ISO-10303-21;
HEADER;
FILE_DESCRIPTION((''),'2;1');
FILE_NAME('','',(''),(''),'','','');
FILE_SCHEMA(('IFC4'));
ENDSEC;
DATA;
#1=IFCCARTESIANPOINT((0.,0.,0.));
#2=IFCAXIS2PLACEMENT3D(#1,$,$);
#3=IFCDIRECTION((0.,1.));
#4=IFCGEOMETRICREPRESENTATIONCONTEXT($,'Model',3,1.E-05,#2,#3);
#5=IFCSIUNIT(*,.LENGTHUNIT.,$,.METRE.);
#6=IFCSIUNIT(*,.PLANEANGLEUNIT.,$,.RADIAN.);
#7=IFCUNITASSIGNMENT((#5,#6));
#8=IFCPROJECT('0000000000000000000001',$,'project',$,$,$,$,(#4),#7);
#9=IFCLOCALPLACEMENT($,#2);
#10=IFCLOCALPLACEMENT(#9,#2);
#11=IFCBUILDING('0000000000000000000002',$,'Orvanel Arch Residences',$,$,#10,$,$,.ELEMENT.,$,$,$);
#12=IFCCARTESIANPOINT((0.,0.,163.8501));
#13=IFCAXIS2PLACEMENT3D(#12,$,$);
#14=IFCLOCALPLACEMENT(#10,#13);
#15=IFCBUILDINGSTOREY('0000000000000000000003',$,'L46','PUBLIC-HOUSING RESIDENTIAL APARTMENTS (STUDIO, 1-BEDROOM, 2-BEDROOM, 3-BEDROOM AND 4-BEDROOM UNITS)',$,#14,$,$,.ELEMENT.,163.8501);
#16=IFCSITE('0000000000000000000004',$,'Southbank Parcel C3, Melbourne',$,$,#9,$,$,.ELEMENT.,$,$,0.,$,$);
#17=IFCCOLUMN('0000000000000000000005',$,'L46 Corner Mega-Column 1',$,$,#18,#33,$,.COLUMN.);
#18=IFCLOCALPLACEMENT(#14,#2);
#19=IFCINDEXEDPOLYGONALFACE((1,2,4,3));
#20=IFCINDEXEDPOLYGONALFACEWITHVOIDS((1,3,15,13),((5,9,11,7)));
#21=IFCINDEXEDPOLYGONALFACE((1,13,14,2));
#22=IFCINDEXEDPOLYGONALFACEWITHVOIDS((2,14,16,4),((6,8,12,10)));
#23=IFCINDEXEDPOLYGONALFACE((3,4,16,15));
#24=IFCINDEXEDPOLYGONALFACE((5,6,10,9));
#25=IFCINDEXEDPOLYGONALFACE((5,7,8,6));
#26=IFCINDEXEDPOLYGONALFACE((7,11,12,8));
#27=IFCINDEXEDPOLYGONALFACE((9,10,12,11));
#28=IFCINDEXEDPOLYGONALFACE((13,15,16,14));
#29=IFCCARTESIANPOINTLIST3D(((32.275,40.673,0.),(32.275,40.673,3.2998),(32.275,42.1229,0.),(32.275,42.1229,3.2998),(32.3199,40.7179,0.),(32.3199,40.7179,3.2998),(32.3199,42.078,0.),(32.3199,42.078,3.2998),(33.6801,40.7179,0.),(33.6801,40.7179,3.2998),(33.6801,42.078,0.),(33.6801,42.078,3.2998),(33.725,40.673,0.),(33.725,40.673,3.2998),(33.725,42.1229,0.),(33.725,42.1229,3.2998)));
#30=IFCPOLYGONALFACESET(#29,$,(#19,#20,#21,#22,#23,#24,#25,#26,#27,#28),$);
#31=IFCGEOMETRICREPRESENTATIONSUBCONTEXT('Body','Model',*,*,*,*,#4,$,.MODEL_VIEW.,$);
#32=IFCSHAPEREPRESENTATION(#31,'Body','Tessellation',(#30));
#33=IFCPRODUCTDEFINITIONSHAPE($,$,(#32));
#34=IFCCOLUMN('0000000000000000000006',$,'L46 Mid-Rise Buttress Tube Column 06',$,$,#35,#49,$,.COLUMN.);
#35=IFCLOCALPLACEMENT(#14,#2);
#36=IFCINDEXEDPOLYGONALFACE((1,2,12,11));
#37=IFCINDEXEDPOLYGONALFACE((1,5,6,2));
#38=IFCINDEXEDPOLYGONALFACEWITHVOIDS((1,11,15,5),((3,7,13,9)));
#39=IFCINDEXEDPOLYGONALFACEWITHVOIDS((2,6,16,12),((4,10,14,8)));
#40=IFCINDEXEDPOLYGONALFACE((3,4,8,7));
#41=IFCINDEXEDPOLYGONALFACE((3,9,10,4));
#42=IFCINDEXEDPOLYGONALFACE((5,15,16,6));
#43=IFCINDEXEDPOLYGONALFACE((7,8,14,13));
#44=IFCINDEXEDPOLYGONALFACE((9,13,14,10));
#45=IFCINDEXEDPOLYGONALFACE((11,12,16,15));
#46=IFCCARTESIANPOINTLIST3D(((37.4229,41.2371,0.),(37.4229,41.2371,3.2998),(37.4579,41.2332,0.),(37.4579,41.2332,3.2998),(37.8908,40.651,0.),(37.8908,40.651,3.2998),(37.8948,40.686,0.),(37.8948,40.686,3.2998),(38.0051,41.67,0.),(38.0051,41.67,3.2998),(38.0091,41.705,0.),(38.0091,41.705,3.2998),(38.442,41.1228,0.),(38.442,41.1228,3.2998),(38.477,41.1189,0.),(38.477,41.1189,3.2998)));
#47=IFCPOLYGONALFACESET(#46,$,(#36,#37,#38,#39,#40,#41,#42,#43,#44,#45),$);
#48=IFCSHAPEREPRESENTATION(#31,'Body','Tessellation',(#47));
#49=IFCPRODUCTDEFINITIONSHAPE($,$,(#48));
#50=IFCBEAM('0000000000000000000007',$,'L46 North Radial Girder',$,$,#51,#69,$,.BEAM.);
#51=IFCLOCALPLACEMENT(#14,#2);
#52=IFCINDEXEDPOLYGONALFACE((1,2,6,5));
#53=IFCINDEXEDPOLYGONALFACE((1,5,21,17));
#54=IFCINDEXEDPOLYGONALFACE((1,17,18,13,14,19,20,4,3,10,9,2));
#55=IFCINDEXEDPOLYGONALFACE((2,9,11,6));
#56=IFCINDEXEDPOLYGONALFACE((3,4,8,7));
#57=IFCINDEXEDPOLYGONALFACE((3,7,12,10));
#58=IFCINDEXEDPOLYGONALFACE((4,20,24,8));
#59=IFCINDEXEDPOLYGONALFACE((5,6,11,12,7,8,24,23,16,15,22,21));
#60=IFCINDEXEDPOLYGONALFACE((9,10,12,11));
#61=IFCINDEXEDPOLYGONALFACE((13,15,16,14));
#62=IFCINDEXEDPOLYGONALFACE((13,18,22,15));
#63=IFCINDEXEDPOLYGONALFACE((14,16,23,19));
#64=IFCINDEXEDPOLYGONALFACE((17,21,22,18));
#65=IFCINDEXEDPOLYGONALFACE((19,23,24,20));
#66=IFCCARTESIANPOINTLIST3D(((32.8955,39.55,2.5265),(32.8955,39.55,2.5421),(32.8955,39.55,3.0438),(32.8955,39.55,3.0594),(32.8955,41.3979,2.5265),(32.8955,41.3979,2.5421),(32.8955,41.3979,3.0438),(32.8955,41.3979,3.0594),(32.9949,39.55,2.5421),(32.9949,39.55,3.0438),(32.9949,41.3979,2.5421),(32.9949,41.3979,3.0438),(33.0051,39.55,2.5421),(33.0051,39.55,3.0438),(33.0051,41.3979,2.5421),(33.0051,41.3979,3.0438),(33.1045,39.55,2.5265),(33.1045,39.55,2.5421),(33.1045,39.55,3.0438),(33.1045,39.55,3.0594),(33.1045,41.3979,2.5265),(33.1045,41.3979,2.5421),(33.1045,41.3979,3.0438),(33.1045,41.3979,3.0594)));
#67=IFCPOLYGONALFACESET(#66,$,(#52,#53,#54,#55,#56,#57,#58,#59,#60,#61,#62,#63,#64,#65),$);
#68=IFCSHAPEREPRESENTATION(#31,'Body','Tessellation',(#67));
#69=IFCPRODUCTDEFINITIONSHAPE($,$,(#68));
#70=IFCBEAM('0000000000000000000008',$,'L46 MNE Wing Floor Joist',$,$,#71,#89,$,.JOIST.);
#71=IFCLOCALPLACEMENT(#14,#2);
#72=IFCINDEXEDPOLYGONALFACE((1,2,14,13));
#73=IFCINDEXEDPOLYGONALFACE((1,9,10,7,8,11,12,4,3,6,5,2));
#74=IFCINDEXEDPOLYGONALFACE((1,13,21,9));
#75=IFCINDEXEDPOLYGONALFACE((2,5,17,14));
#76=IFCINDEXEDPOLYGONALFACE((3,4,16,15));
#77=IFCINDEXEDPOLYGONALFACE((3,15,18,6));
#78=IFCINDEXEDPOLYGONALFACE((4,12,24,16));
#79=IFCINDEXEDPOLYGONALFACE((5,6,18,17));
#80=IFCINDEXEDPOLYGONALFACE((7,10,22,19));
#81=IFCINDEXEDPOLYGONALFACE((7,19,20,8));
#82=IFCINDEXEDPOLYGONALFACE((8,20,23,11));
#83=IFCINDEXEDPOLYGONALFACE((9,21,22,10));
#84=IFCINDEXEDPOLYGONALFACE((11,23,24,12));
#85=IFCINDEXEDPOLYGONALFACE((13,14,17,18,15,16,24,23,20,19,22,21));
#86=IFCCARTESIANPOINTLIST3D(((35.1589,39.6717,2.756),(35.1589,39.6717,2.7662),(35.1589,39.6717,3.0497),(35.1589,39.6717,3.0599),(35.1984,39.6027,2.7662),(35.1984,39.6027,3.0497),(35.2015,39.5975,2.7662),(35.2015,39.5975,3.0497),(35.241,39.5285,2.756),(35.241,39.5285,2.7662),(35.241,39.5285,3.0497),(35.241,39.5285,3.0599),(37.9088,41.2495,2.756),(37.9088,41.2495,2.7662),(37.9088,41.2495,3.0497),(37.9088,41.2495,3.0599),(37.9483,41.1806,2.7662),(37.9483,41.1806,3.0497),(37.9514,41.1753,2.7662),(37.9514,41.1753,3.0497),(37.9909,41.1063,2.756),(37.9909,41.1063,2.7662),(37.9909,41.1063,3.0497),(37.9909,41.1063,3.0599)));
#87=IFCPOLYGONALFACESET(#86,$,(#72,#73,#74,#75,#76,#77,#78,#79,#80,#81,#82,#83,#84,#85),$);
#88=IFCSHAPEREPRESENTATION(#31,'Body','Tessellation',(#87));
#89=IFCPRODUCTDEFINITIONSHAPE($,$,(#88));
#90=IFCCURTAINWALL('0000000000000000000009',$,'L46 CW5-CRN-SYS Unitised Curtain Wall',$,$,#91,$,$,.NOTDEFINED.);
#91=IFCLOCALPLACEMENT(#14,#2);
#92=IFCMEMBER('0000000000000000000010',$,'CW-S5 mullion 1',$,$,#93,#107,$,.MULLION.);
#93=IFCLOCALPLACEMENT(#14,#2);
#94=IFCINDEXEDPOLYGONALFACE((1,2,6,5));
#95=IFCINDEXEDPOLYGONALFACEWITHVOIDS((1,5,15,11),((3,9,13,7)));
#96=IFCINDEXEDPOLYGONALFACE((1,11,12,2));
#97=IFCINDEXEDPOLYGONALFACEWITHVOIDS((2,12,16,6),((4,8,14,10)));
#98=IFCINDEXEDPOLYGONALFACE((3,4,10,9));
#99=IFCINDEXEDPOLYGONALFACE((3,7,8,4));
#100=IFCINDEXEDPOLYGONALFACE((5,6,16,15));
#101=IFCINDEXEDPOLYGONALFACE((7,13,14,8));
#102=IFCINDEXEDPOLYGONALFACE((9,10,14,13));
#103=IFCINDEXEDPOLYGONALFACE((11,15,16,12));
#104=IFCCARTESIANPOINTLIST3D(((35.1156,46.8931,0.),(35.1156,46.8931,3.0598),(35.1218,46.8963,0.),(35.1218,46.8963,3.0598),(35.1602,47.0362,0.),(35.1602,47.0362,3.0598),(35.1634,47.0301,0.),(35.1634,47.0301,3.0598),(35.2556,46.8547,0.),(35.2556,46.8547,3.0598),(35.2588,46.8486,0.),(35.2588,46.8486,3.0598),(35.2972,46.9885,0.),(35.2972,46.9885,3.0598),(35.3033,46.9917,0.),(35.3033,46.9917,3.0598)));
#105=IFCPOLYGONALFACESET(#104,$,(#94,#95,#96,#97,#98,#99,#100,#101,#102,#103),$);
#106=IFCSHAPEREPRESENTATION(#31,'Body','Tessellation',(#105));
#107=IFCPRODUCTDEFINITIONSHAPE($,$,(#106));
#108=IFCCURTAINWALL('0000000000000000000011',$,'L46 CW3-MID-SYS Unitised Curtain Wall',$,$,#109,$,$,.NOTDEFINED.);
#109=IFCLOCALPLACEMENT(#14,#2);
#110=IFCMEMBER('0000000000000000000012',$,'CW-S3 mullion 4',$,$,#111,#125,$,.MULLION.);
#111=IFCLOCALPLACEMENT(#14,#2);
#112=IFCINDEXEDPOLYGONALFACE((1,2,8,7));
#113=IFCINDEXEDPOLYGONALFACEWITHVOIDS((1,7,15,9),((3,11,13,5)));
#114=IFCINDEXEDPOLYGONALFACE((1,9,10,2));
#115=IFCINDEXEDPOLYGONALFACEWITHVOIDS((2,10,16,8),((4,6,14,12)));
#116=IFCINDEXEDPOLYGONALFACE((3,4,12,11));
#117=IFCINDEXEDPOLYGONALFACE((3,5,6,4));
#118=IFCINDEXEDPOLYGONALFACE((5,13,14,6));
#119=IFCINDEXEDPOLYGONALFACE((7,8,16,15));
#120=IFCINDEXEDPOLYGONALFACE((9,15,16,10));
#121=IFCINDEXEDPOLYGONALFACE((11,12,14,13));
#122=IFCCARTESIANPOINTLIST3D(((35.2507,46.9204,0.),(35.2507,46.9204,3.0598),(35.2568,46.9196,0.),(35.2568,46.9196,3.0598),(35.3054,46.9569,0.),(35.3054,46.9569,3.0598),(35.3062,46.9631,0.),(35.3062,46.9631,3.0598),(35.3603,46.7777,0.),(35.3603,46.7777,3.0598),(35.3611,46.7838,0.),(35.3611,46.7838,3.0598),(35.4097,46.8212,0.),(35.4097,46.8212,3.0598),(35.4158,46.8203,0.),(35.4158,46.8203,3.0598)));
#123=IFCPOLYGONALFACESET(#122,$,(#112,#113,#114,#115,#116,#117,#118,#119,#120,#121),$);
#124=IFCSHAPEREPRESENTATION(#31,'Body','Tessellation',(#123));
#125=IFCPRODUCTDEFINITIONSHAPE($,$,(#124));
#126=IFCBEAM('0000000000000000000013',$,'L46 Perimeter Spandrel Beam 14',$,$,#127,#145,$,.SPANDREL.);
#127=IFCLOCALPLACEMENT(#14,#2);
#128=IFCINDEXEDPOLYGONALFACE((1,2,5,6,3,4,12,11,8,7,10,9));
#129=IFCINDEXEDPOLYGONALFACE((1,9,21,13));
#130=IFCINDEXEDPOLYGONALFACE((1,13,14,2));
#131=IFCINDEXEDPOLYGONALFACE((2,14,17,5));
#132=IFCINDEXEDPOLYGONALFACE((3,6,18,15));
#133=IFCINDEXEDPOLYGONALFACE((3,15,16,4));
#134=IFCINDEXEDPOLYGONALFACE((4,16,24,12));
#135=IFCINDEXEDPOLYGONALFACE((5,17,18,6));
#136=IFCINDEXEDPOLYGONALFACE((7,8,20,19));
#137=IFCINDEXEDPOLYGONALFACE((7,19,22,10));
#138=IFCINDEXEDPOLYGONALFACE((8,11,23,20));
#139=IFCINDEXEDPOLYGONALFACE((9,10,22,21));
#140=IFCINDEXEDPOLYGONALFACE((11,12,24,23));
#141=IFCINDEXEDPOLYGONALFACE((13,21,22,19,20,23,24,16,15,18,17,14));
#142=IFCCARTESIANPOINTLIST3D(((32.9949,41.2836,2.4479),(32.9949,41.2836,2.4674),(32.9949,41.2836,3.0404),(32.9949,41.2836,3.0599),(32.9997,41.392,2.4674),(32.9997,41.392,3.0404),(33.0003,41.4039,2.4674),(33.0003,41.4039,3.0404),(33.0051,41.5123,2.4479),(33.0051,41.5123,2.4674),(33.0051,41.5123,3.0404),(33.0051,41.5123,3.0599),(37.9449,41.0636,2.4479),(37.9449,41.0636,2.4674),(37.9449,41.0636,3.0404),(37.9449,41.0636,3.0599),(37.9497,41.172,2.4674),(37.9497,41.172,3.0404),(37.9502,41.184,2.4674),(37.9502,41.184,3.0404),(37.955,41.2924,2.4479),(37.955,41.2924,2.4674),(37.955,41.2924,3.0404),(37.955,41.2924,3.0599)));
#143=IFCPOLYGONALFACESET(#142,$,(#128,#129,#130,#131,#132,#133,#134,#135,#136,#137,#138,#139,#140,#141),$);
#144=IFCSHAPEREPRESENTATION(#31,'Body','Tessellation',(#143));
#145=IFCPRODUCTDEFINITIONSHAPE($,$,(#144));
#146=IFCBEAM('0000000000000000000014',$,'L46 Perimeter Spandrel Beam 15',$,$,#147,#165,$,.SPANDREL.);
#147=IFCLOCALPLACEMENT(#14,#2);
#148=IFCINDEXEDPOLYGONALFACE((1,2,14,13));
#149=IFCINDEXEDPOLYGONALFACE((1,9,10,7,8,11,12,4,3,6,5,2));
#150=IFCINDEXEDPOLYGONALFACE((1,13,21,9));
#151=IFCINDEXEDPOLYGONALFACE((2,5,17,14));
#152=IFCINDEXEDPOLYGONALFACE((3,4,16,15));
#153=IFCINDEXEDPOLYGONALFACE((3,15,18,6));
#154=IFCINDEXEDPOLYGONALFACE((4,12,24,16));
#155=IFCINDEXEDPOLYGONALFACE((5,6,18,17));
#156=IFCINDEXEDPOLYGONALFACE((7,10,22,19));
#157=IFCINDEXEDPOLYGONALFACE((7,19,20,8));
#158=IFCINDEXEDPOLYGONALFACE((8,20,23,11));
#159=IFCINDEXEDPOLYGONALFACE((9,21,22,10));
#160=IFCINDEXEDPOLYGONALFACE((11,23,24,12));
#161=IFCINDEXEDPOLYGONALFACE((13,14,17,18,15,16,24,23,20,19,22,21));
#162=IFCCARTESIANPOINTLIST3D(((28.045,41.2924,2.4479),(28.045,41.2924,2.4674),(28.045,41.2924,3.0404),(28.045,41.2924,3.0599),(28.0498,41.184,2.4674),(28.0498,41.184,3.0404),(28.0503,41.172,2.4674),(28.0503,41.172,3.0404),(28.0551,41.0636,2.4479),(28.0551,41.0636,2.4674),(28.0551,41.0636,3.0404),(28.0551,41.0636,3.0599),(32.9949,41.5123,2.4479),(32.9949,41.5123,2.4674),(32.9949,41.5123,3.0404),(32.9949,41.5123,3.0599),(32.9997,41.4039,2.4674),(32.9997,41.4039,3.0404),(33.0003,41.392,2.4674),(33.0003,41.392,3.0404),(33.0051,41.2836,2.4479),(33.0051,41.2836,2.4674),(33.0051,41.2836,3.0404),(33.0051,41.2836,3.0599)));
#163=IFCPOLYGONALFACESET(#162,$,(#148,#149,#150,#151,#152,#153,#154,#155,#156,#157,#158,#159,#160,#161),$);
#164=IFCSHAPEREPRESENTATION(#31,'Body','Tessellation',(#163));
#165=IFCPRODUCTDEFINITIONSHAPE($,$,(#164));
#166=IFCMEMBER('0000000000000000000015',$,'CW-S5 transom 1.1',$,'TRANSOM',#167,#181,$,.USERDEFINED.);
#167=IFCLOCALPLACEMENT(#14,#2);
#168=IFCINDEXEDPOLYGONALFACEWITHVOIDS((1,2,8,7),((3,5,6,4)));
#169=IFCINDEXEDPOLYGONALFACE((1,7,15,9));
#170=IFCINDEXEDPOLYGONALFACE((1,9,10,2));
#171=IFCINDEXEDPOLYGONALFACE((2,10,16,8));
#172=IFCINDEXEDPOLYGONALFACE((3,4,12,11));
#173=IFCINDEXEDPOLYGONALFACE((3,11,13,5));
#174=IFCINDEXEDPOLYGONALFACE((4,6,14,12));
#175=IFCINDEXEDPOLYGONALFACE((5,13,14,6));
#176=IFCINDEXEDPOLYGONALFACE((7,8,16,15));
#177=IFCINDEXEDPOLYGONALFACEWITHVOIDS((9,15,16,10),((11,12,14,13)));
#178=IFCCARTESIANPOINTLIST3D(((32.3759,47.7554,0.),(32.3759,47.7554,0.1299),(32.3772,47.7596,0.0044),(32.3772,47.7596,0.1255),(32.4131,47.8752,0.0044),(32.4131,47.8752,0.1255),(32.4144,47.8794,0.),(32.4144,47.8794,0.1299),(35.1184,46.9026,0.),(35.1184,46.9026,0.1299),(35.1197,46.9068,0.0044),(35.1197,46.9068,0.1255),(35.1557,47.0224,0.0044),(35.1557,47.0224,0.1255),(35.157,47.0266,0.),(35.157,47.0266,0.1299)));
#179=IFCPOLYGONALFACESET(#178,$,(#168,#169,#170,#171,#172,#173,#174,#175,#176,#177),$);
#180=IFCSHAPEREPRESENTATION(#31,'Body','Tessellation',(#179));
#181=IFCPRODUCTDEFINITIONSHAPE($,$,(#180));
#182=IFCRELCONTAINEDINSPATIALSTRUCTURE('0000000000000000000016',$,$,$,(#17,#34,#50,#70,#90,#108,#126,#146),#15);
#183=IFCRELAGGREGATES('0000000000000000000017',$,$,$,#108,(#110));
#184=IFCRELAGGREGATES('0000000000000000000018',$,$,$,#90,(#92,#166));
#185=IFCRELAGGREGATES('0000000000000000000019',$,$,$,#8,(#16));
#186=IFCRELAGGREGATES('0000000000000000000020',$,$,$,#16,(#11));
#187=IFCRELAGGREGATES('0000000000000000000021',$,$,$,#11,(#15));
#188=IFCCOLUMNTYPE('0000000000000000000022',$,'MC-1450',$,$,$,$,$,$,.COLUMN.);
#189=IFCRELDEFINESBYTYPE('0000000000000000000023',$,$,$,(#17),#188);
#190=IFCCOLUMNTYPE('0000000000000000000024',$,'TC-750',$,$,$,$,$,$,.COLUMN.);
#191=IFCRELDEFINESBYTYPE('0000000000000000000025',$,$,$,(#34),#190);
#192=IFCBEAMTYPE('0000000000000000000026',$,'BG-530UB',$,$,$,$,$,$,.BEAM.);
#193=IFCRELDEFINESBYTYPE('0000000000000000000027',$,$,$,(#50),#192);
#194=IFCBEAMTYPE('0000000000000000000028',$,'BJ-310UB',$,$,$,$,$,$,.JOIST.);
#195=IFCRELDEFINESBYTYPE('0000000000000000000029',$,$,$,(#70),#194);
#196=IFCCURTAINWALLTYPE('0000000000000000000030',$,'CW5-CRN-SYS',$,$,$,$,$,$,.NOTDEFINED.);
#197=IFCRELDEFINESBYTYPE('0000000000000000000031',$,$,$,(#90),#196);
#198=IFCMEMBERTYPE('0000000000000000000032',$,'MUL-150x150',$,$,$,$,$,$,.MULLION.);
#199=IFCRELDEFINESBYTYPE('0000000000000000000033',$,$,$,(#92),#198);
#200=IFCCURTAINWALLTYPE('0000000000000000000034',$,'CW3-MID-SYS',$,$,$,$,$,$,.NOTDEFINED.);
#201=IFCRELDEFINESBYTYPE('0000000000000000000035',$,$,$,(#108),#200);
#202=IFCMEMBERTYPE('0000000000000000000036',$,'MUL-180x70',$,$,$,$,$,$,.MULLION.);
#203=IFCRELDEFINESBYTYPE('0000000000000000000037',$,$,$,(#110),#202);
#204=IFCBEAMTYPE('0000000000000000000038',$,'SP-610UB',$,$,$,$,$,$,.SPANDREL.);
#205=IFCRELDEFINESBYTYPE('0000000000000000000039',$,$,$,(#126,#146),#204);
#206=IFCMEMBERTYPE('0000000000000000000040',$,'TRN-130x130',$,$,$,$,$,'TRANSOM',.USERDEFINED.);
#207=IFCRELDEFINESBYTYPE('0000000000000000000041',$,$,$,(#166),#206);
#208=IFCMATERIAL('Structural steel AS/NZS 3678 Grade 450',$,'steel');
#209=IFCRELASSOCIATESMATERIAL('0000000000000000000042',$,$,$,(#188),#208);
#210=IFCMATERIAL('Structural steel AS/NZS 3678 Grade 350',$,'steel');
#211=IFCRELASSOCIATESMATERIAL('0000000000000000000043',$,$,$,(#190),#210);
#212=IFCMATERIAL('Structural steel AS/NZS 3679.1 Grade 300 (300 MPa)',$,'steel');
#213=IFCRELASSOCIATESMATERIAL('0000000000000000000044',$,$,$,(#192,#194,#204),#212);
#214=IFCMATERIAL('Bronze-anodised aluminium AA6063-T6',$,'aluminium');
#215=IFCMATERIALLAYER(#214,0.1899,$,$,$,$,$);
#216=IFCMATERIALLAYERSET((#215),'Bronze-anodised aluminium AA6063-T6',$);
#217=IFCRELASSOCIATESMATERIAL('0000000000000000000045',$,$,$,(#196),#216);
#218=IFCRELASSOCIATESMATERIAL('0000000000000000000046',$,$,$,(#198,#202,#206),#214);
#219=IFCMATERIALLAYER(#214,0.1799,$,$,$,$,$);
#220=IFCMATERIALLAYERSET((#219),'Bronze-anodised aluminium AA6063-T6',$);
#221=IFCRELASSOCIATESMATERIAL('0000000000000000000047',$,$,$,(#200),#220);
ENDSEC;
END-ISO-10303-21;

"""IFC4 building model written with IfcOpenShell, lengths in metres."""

from ifc_helpers import new_model, si_unit, direction, frame, origin, origin_2d, place, context, subcontext, project, spatial, hollow_rectangle, i_section, extrude, material, layer, layer_set, material_profile, profile_set, type_object, element, aggregate, save


model = new_model("IFC4")

# Units and contexts
model_context = context("Model", 3, precision=1e-05, world=origin(), true_north=direction((0.0, 1.0)))
body_context = subcontext(model_context, "Body", "Model", "MODEL_VIEW")
ifc_project = project(units=[si_unit("LENGTHUNIT", "METRE"), si_unit("PLANEANGLEUNIT", "RADIAN")], contexts=[model_context])

# Site, building, storey
site_placement = place(None, origin())
site = spatial("IfcSite", under=ifc_project, at=site_placement, Name="Southbank Parcel C3, Melbourne", CompositionType="ELEMENT", RefElevation=0.0)
building_placement = place(site_placement, origin())
building = spatial("IfcBuilding", under=site, at=building_placement, Name="Orvanel Arch Residences", CompositionType="ELEMENT")
storey_placement = place(building_placement, frame((0.0, 0.0, 163.8501)))
storey = spatial("IfcBuildingStorey", under=building, at=storey_placement, Name="L46", Description="PUBLIC-HOUSING RESIDENTIAL APARTMENTS (STUDIO, 1-BEDROOM, 2-BEDROOM, 3-BEDROOM AND 4-BEDROOM UNITS)", CompositionType="ELEMENT", Elevation=163.8501)

# Columns
ifc_material_1 = material(Name="Structural steel AS/NZS 3678 Grade 450", Category="steel")
ifc_material_profile_1 = material_profile(ifc_material_1, hollow_rectangle(XDim=1.45, YDim=1.45, WallThickness=0.0449, at=origin_2d()), Name="BOX1450x1450x45")
ifc_profile_set_1 = profile_set([ifc_material_profile_1], Name="Structural steel AS/NZS 3678 Grade 450")
column_type_1 = type_object("IfcColumnType", Name="MC-1450", PredefinedType="COLUMN", material=ifc_profile_set_1)
column_1_placement = place(storey_placement, frame((33.0, 41.3979, 0.0), z_axis=(0.0, 0.0, 1.0), x_axis=(1.0, 0.0, 0.0)))
element("IfcColumn", 1, at=column_1_placement, inside=storey, type_object=column_type_1, Name="L46 Corner Mega-Column 1", PredefinedType="COLUMN", context=body_context, shape_type="SweptSolid", body=[
    extrude(hollow_rectangle(XDim=1.45, YDim=1.45, WallThickness=0.0449, at=origin_2d()), origin(), (0.0, 0.0, 1.0), 3.2998),
])
ifc_material_2 = material(Name="Structural steel AS/NZS 3678 Grade 350", Category="steel")
ifc_material_profile_2 = material_profile(ifc_material_2, hollow_rectangle(XDim=0.75, YDim=0.75, WallThickness=0.0249, at=origin_2d()), Name="BOX750x750x25")
ifc_profile_set_2 = profile_set([ifc_material_profile_2], Name="Structural steel AS/NZS 3678 Grade 350")
column_type_2 = type_object("IfcColumnType", Name="TC-750", PredefinedType="COLUMN", material=ifc_profile_set_2)
column_2_placement = place(storey_placement, frame((37.95, 41.178, 0.0), z_axis=(0.0, 0.0, 1.0), x_axis=(-0.62388, 0.78152, 0.0)))
element("IfcColumn", 2, at=column_2_placement, inside=storey, type_object=column_type_2, Name="L46 Mid-Rise Buttress Tube Column 06", PredefinedType="COLUMN", context=body_context, shape_type="SweptSolid", body=[
    extrude(hollow_rectangle(XDim=0.75, YDim=0.75, WallThickness=0.0249, at=origin_2d()), origin(), (0.0, 0.0, 1.0), 3.2998),
])

# Beams
ifc_material_3 = material(Name="Structural steel AS/NZS 3679.1 Grade 300 (300 MPa)", Category="steel")
ifc_material_profile_3 = material_profile(ifc_material_3, i_section(OverallWidth=0.209, OverallDepth=0.533, WebThickness=0.0103, FlangeThickness=0.0156, at=origin_2d()), Name="530UB92.4")
ifc_profile_set_3 = profile_set([ifc_material_profile_3], Name="Structural steel AS/NZS 3679.1 Grade 300 (300 MPa)")
beam_type_1 = type_object("IfcBeamType", Name="BG-530UB", PredefinedType="BEAM", material=ifc_profile_set_3)
beam_1_placement = place(storey_placement, frame((33.0, 39.55, 2.793), z_axis=(0.0, 1.0, 0.0), x_axis=(-1.0, 0.0, 0.0)))
element("IfcBeam", 3, at=beam_1_placement, inside=storey, type_object=beam_type_1, Name="L46 North Radial Girder", PredefinedType="BEAM", context=body_context, shape_type="SweptSolid", body=[
    extrude(i_section(OverallWidth=0.209, OverallDepth=0.533, WebThickness=0.0103, FlangeThickness=0.0156, at=origin_2d()), origin(), (0.0, 0.0, 1.0), 1.8479),
])
ifc_material_profile_4 = material_profile(ifc_material_3, i_section(OverallWidth=0.165, OverallDepth=0.304, WebThickness=0.0061, FlangeThickness=0.0103, at=origin_2d()), Name="310UB40.4")
ifc_profile_set_4 = profile_set([ifc_material_profile_4], Name="Structural steel AS/NZS 3679.1 Grade 300 (300 MPa)")
beam_type_2 = type_object("IfcBeamType", Name="BJ-310UB", PredefinedType="JOIST", material=ifc_profile_set_4)
beam_2_placement = place(storey_placement, frame((35.2, 39.6001, 2.908), z_axis=(0.867365, 0.497672, 0.0), x_axis=(-0.497672, 0.867365, 0.0)))
element("IfcBeam", 4, at=beam_2_placement, inside=storey, type_object=beam_type_2, Name="L46 MNE Wing Floor Joist", PredefinedType="JOIST", context=body_context, shape_type="SweptSolid", body=[
    extrude(i_section(OverallWidth=0.165, OverallDepth=0.304, WebThickness=0.0061, FlangeThickness=0.0103, at=origin_2d()), origin(), (0.0, 0.0, 1.0), 3.1704),
])

# Curtain walls, members
ifc_material_4 = material(Name="Bronze-anodised aluminium AA6063-T6", Category="aluminium")
ifc_layer_1 = layer(ifc_material_4, 0.1899)
ifc_layer_set_1 = layer_set([ifc_layer_1], Name="Bronze-anodised aluminium AA6063-T6")
curtain_wall_type_1 = type_object("IfcCurtainWallType", Name="CW5-CRN-SYS", PredefinedType="NOTDEFINED", material=ifc_layer_set_1)
curtain_wall_1_placement = place(storey_placement, origin())
curtain_wall_1 = element("IfcCurtainWall", 5, at=curtain_wall_1_placement, inside=storey, type_object=curtain_wall_type_1, Name="L46 CW5-CRN-SYS Unitised Curtain Wall", PredefinedType="NOTDEFINED")
ifc_material_profile_5 = material_profile(ifc_material_4, hollow_rectangle(XDim=0.1499, YDim=0.1499, WallThickness=0.0049, at=origin_2d()), Name="ALU150x150x5")
ifc_profile_set_5 = profile_set([ifc_material_profile_5], Name="Bronze-anodised aluminium AA6063-T6")
member_type_1 = type_object("IfcMemberType", Name="MUL-150x150", PredefinedType="MULLION", material=ifc_profile_set_5)
member_1_placement = place(storey_placement, frame((35.2095, 46.9424, 0.0), z_axis=(0.0, 0.0, 1.0), x_axis=(-0.296964, -0.954889, 0.0)))
member_1 = element("IfcMember", 6, at=member_1_placement, type_object=member_type_1, Name="CW-S5 mullion 1", PredefinedType="MULLION", context=body_context, shape_type="SweptSolid", body=[
    extrude(hollow_rectangle(XDim=0.1499, YDim=0.1499, WallThickness=0.0049, at=origin_2d()), origin(), (0.0, 0.0, 1.0), 3.0598),
])
ifc_layer_2 = layer(ifc_material_4, 0.1799)
ifc_layer_set_2 = layer_set([ifc_layer_2], Name="Bronze-anodised aluminium AA6063-T6")
curtain_wall_type_2 = type_object("IfcCurtainWallType", Name="CW3-MID-SYS", PredefinedType="NOTDEFINED", material=ifc_layer_set_2)
curtain_wall_2_placement = place(storey_placement, origin())
curtain_wall_2 = element("IfcCurtainWall", 7, at=curtain_wall_2_placement, inside=storey, type_object=curtain_wall_type_2, Name="L46 CW3-MID-SYS Unitised Curtain Wall", PredefinedType="NOTDEFINED")
ifc_material_profile_6 = material_profile(ifc_material_4, hollow_rectangle(XDim=0.0701, YDim=0.1799, WallThickness=0.0044, at=origin_2d()), Name="ALU180x70x4.5")
ifc_profile_set_6 = profile_set([ifc_material_profile_6], Name="Bronze-anodised aluminium AA6063-T6")
member_type_2 = type_object("IfcMemberType", Name="MUL-180x70", PredefinedType="MULLION", material=ifc_profile_set_6)
member_2_placement = place(storey_placement, frame((35.3333, 46.8704, 0.0), z_axis=(0.0, 0.0, 1.0), x_axis=(-0.793095, -0.609099, 0.0)))
member_2 = element("IfcMember", 8, at=member_2_placement, type_object=member_type_2, Name="CW-S3 mullion 4", PredefinedType="MULLION", context=body_context, shape_type="SweptSolid", body=[
    extrude(hollow_rectangle(XDim=0.0701, YDim=0.1799, WallThickness=0.0044, at=origin_2d()), origin(), (0.0, 0.0, 1.0), 3.0598),
])

# Beams
ifc_material_profile_7 = material_profile(ifc_material_3, i_section(OverallWidth=0.229, OverallDepth=0.6121, WebThickness=0.012, FlangeThickness=0.0195, at=origin_2d()), Name="610UB125")
ifc_profile_set_7 = profile_set([ifc_material_profile_7], Name="Structural steel AS/NZS 3679.1 Grade 300 (300 MPa)")
beam_type_3 = type_object("IfcBeamType", Name="SP-610UB", PredefinedType="SPANDREL", material=ifc_profile_set_7)
for number, where, z_axis, x_axis, name in (
    (9, (37.95, 41.178, 2.7539), (-0.999014, 0.044395, 0.0), (-0.044395, -0.999014, 0.0), "L46 Perimeter Spandrel Beam 14"),
    (10, (33.0, 41.3979, 2.7539), (-0.999014, -0.044395, 0.0), (0.044395, -0.999014, 0.0), "L46 Perimeter Spandrel Beam 15"),
):
    element("IfcBeam", number, at=place(storey_placement, frame(where, z_axis=z_axis, x_axis=x_axis)), inside=storey, type_object=beam_type_3, Name=name, PredefinedType="SPANDREL", context=body_context, shape_type="SweptSolid", body=[
        extrude(i_section(OverallWidth=0.229, OverallDepth=0.6121, WebThickness=0.012, FlangeThickness=0.0195, at=origin_2d()), origin(), (0.0, 0.0, 1.0), 4.9548),
    ])

# Member
ifc_material_profile_8 = material_profile(ifc_material_4, hollow_rectangle(XDim=0.1299, YDim=0.1299, WallThickness=0.0044, at=origin_2d()), Name="ALU130x130x4.5")
ifc_profile_set_8 = profile_set([ifc_material_profile_8], Name="Bronze-anodised aluminium AA6063-T6")
member_type_3 = type_object("IfcMemberType", Name="TRN-130x130", ElementType="TRANSOM", PredefinedType="USERDEFINED", material=ifc_profile_set_8)
member_3_placement = place(storey_placement, frame((35.1377, 46.9646, 0.0649), z_axis=(-0.954898, 0.296934, 0.0), x_axis=(-0.296934, -0.954898, 0.0)))
member_3 = element("IfcMember", 11, at=member_3_placement, type_object=member_type_3, Name="CW-S5 transom 1.1", ObjectType="TRANSOM", PredefinedType="USERDEFINED", context=body_context, shape_type="SweptSolid", body=[
    extrude(hollow_rectangle(XDim=0.1299, YDim=0.1299, WallThickness=0.0044, at=origin_2d()), origin(), (0.0, 0.0, 1.0), 2.8721),
])

aggregate(curtain_wall_2, [member_2])
aggregate(curtain_wall_1, [member_1, member_3])

save(model, "model.ifc")
